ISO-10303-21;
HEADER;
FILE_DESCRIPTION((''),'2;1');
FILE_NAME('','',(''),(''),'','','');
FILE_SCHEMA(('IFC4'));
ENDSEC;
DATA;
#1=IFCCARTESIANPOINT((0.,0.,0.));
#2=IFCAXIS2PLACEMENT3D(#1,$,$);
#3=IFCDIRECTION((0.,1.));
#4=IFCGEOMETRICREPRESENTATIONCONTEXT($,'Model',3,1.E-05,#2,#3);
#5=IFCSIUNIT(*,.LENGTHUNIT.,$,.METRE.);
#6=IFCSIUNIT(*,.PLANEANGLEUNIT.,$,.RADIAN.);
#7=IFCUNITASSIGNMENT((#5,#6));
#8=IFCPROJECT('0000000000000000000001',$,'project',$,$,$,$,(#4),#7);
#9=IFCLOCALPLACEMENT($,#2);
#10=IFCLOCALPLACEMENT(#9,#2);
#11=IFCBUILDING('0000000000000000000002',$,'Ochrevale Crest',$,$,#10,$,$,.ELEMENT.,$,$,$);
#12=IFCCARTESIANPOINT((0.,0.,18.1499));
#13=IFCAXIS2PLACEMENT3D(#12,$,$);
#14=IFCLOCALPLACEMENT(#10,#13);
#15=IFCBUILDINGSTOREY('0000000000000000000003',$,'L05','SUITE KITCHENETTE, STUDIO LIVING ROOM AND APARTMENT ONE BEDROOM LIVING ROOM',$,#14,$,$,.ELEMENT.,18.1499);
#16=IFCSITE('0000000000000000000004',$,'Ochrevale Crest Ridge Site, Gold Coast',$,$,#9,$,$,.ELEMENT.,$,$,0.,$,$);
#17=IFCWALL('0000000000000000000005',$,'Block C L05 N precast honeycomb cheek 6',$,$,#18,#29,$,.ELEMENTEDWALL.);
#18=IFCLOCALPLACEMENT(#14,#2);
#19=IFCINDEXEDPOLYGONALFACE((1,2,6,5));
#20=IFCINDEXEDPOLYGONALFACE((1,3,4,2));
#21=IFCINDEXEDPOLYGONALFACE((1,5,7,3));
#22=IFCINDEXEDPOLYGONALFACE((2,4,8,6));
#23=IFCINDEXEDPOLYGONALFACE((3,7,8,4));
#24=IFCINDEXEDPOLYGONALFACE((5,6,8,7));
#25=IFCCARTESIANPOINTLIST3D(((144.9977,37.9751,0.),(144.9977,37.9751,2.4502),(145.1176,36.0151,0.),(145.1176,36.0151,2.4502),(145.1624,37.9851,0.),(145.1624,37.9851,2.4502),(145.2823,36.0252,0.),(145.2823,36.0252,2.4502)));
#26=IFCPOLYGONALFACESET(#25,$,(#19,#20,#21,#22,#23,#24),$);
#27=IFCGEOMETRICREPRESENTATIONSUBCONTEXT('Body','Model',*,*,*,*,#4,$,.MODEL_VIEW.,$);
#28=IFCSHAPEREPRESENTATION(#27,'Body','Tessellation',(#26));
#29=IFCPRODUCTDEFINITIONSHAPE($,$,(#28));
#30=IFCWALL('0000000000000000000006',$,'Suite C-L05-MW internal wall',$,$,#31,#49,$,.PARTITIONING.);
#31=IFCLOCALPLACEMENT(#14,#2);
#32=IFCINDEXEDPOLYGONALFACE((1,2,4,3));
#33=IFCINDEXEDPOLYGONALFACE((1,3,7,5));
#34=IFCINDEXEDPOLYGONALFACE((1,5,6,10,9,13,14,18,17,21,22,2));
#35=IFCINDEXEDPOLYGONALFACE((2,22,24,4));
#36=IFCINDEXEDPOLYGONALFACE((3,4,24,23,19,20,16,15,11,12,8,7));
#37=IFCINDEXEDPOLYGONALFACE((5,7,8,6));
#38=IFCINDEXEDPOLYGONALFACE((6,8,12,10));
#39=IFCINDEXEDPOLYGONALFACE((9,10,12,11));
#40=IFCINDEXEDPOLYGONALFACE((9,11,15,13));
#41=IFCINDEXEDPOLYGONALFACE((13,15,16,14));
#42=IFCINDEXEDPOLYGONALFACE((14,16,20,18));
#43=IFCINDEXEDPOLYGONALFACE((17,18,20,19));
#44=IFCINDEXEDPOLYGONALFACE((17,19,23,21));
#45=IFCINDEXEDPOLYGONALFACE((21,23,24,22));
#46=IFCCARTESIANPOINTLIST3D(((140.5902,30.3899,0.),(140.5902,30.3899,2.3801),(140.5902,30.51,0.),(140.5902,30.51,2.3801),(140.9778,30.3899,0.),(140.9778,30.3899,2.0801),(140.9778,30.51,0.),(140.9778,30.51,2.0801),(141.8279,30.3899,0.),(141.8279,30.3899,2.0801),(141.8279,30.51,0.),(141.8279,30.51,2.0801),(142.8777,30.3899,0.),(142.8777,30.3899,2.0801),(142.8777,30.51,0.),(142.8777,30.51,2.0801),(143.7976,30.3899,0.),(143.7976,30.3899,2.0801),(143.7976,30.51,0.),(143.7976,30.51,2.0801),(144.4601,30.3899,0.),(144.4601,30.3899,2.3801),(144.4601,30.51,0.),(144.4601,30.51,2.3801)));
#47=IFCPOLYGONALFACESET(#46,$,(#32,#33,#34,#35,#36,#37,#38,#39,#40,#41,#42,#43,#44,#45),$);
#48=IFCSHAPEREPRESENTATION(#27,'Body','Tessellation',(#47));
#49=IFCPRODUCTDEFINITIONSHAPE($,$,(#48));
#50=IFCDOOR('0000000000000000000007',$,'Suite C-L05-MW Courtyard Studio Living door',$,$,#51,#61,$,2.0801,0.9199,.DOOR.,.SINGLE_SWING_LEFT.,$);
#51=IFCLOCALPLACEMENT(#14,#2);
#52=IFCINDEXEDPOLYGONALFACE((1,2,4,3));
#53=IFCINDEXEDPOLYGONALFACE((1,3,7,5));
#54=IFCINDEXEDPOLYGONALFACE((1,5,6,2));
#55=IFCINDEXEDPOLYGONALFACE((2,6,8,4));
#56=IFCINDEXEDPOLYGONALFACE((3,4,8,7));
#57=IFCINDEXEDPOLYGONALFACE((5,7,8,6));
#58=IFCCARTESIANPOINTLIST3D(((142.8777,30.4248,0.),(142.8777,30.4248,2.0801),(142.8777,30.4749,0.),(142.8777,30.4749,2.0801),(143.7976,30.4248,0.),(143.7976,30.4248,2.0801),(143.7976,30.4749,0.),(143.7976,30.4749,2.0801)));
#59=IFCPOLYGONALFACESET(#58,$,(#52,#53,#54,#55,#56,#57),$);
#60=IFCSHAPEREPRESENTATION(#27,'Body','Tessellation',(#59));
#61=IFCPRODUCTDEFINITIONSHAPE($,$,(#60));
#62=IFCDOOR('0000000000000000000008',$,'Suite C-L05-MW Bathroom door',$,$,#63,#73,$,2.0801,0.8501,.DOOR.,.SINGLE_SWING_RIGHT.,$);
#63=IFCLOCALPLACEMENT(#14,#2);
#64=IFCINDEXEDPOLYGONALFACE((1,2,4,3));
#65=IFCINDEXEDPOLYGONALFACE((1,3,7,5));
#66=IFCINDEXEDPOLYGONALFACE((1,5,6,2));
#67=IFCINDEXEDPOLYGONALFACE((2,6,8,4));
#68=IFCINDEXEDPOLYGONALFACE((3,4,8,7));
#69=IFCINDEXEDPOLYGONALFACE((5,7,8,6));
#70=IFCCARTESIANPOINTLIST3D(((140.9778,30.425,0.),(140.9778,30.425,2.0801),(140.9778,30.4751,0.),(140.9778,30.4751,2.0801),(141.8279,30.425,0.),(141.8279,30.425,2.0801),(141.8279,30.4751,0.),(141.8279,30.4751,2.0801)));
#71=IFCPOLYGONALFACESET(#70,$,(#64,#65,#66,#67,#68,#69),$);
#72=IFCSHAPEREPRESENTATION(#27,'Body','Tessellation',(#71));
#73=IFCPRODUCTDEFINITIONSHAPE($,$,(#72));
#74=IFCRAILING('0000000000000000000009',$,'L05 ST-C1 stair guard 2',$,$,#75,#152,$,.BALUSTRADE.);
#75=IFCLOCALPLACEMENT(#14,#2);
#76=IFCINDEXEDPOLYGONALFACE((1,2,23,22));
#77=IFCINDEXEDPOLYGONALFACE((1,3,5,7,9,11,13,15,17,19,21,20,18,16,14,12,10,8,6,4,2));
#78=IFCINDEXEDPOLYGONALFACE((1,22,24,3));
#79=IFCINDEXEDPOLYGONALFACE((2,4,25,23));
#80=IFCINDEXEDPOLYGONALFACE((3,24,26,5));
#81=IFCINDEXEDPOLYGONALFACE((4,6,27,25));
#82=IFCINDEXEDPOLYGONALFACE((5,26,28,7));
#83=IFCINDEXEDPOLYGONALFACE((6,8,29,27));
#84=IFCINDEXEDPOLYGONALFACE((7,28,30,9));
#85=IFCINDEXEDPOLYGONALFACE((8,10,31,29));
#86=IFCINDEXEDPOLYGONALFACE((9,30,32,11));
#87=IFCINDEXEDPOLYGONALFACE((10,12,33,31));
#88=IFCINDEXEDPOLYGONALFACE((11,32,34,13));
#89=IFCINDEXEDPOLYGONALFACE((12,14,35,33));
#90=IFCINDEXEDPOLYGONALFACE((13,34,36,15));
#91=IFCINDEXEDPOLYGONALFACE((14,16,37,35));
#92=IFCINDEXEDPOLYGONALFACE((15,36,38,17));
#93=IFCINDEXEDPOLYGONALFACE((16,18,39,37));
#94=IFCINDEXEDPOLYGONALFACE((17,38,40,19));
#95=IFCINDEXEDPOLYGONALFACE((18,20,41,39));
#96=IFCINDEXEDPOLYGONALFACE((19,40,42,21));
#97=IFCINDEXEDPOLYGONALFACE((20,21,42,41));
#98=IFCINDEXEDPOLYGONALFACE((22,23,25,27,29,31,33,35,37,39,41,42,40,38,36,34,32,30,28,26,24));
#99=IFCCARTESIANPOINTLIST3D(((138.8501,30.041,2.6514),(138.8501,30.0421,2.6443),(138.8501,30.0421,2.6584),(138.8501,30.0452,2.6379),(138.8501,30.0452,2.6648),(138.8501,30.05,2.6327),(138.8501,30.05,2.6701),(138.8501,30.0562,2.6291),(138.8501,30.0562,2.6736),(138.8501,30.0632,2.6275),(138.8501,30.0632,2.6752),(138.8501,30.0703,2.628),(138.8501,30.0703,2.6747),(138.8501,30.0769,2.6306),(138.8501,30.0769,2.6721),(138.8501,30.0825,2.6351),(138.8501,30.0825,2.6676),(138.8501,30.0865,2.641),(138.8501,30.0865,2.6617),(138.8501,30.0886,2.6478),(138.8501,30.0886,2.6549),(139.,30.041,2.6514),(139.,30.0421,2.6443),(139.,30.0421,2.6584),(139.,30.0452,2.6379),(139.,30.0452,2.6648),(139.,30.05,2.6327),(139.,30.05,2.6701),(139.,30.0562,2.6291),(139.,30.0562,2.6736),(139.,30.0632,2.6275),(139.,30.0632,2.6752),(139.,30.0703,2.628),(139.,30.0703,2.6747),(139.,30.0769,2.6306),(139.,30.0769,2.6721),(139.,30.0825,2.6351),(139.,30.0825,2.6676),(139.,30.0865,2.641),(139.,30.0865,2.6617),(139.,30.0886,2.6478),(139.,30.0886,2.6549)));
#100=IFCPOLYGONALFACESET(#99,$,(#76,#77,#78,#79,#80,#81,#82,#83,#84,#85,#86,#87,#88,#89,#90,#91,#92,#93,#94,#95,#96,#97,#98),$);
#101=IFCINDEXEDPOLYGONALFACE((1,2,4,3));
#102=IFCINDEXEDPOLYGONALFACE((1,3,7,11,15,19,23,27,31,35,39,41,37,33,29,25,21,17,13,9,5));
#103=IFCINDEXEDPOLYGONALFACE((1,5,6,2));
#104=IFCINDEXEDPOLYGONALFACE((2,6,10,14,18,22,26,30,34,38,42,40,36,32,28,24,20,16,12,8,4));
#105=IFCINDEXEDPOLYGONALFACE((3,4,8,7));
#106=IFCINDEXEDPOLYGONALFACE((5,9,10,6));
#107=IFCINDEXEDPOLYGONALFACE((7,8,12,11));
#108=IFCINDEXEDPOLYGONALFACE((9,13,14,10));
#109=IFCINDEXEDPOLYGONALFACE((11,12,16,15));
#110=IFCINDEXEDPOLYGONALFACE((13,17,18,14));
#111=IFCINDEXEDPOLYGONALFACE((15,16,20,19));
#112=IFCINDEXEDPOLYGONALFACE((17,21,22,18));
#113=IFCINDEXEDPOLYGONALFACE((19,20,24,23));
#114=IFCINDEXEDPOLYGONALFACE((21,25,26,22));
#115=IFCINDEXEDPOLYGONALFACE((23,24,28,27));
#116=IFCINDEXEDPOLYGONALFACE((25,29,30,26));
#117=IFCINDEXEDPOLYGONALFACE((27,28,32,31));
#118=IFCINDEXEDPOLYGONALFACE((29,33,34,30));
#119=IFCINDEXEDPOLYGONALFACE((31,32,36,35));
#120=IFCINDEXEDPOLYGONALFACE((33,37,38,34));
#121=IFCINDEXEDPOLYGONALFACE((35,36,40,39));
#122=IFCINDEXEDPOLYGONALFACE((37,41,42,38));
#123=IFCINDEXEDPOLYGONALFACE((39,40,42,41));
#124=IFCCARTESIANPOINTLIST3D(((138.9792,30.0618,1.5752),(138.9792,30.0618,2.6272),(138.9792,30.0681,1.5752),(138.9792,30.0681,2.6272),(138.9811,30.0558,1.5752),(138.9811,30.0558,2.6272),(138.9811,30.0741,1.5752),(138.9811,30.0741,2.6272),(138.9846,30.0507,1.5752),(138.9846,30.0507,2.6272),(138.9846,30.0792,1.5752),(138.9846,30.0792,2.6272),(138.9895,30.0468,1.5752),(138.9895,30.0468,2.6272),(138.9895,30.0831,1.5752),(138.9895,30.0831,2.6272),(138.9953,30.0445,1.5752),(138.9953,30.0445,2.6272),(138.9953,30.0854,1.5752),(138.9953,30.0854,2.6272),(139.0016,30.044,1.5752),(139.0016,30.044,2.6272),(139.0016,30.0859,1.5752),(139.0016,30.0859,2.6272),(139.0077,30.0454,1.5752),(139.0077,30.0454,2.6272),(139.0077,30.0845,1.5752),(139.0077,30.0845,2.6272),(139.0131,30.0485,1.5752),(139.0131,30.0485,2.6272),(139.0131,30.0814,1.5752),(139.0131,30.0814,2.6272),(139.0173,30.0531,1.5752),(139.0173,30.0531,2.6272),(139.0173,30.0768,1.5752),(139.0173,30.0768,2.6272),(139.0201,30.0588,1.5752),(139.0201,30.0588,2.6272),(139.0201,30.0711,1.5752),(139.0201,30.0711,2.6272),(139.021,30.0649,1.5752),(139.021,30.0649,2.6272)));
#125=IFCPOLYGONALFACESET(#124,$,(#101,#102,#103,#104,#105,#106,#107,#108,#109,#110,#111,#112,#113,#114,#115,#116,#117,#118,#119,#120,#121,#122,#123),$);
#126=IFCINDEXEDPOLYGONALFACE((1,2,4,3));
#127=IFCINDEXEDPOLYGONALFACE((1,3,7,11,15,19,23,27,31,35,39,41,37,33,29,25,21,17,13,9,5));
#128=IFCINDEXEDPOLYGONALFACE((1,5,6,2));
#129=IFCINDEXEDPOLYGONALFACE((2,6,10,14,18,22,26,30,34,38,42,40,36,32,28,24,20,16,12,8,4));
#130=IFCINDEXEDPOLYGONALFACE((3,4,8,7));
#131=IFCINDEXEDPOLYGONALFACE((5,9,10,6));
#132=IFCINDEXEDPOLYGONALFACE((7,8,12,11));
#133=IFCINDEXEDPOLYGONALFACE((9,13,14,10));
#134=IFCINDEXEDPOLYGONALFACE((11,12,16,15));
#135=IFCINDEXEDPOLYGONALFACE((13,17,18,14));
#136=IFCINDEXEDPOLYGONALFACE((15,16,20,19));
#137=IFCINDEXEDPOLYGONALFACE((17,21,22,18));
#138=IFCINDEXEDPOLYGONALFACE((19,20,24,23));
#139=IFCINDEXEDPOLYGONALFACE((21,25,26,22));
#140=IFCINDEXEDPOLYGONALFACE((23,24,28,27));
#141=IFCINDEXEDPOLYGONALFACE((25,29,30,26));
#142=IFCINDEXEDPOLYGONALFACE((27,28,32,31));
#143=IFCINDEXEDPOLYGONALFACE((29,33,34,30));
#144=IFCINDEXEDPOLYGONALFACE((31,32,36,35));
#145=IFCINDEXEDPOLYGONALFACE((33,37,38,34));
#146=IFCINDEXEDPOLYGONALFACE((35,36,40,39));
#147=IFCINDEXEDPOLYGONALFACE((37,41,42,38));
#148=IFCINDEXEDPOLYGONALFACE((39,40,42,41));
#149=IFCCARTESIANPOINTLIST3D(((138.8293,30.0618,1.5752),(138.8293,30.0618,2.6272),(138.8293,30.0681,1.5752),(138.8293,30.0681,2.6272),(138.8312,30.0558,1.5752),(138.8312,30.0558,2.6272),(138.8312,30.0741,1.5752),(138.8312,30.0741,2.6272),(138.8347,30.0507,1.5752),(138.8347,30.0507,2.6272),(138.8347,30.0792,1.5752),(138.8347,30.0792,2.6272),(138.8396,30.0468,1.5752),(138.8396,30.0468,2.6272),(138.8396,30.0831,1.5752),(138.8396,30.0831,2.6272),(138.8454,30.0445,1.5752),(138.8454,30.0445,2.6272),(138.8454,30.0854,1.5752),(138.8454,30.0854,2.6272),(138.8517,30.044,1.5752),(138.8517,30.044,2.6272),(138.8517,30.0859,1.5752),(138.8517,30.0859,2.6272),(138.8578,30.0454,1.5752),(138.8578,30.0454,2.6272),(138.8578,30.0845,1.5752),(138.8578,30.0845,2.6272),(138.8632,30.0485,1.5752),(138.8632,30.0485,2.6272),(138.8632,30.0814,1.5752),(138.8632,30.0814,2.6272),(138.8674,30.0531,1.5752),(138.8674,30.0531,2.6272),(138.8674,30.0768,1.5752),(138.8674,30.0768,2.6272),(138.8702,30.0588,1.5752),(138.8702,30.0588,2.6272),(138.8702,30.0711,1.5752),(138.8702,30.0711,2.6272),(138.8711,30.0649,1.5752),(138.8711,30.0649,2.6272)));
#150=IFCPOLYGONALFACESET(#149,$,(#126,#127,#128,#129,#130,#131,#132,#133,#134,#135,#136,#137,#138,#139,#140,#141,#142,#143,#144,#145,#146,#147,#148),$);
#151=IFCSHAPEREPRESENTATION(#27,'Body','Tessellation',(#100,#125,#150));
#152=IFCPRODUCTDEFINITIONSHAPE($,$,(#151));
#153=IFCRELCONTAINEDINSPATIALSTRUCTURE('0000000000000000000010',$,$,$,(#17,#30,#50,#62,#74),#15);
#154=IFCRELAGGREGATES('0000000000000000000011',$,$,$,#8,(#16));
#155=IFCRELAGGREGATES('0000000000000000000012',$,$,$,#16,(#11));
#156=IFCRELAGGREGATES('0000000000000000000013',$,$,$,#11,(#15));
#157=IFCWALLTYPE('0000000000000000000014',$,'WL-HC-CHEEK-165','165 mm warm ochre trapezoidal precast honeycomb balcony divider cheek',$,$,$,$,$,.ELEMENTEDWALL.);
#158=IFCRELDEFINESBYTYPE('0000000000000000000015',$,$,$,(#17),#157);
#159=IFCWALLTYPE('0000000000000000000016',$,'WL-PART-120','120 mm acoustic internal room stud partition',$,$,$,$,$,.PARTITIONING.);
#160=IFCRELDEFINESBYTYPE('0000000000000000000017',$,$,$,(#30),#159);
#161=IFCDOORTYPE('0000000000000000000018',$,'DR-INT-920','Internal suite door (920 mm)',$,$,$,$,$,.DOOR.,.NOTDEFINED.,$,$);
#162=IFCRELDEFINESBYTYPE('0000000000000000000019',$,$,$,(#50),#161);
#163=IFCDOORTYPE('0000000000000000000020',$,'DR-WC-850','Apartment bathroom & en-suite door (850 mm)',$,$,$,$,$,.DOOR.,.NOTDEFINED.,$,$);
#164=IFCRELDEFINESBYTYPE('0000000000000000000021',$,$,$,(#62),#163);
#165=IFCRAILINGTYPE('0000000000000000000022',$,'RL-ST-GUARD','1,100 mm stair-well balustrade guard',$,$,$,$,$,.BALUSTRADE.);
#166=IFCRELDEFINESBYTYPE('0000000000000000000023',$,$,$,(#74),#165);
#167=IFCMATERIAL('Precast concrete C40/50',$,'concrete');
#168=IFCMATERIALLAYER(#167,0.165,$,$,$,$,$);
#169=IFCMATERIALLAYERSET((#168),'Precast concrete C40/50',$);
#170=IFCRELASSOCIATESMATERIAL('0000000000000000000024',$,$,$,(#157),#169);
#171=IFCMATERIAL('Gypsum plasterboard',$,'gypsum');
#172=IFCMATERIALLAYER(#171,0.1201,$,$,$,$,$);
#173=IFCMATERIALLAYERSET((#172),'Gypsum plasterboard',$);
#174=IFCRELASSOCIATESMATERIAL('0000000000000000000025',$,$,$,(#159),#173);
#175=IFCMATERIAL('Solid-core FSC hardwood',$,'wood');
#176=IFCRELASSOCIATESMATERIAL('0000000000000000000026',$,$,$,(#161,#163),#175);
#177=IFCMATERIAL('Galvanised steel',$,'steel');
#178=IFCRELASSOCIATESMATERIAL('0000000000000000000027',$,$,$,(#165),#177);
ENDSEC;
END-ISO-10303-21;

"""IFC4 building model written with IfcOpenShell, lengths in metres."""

from ifc_helpers import new_model, si_unit, direction, frame, frame_2d, origin, origin_2d, place, context, subcontext, project, spatial, rectangle, circle, extrude, material, layer, layer_set, type_object, element, fill, save


model = new_model("IFC4")

# Units and contexts
model_context = context("Model", 3, precision=1e-05, world=origin(), true_north=direction((0.0, 1.0)))
body_context = subcontext(model_context, "Body", "Model", "MODEL_VIEW")
ifc_project = project(units=[si_unit("LENGTHUNIT", "METRE"), si_unit("PLANEANGLEUNIT", "RADIAN")], contexts=[model_context])

# Site, building, storey
site_placement = place(None, origin())
site = spatial("IfcSite", under=ifc_project, at=site_placement, Name="Ochrevale Crest Ridge Site, Gold Coast", CompositionType="ELEMENT", RefElevation=0.0)
building_placement = place(site_placement, origin())
building = spatial("IfcBuilding", under=site, at=building_placement, Name="Ochrevale Crest", CompositionType="ELEMENT")
storey_placement = place(building_placement, frame((0.0, 0.0, 18.1499)))
storey = spatial("IfcBuildingStorey", under=building, at=storey_placement, Name="L05", Description="SUITE KITCHENETTE, STUDIO LIVING ROOM AND APARTMENT ONE BEDROOM LIVING ROOM", CompositionType="ELEMENT", Elevation=18.1499)

# Shared definitions
ifc_material_1 = material(Name="Precast concrete C40/50", Category="concrete")

# Wall
ifc_layer_1 = layer(ifc_material_1, 0.165)
ifc_layer_set_1 = layer_set([ifc_layer_1], Name="Precast concrete C40/50")
wall_type_1 = type_object("IfcWallType", Name="WL-HC-CHEEK-165", Description="165 mm warm ochre trapezoidal precast honeycomb balcony divider cheek", PredefinedType="ELEMENTEDWALL", material=ifc_layer_set_1)
wall_1_placement = place(storey_placement, frame((145.2, 36.02, 0.0), z_axis=(0.0, 0.0, 1.0), x_axis=(-0.061047, 0.998135, 0.0)))
element("IfcWall", 1, at=wall_1_placement, inside=storey, type_object=wall_type_1, Name="Block C L05 N precast honeycomb cheek 6", PredefinedType="ELEMENTEDWALL", context=body_context, shape_type="SweptSolid", body=[
    extrude(rectangle(XDim=1.9636, YDim=0.165, at=frame_2d((0.9819, 0.0))), origin(), (0.0, 0.0, 1.0), 2.4502),
])

# Wall, openings, doors
ifc_material_2 = material(Name="Gypsum plasterboard", Category="gypsum")
ifc_layer_2 = layer(ifc_material_2, 0.1201)
ifc_layer_set_2 = layer_set([ifc_layer_2], Name="Gypsum plasterboard")
wall_type_2 = type_object("IfcWallType", Name="WL-PART-120", Description="120 mm acoustic internal room stud partition", PredefinedType="PARTITIONING", material=ifc_layer_set_2)
wall_2_placement = place(storey_placement, frame((140.5901, 30.45, 0.0), z_axis=(0.0, 0.0, 1.0), x_axis=(1.0, 0.0, 0.0)))
wall_2 = element("IfcWall", 2, at=wall_2_placement, inside=storey, type_object=wall_type_2, Name="Suite C-L05-MW internal wall", PredefinedType="PARTITIONING", context=body_context, shape_type="SweptSolid", body=[
    extrude(rectangle(XDim=3.8699, YDim=0.1201, at=frame_2d((1.9351, 0.0))), origin(), (0.0, 0.0, 1.0), 2.3801),
])
opening_1_placement = place(wall_2_placement, frame((1.2378, 0.0, 0.0), z_axis=(0.0, 0.0, 1.0), x_axis=(-1.0, 0.0, 0.0)))
opening_1 = element("IfcOpeningElement", 3, at=opening_1_placement, cuts=wall_2, PredefinedType="OPENING", context=body_context, shape_type="SweptSolid", body=[
    extrude(rectangle(XDim=0.8501, YDim=2.0801, at=frame_2d((0.425, 1.04))), frame((0.0, 0.0701, 0.0), z_axis=(0.0, -1.0, 0.0), x_axis=(1.0, 0.0, 0.0)), (0.0, 0.0, 1.0), 0.1401),
])
opening_2_placement = place(wall_2_placement, frame((2.2876, 0.0, 0.0)))
opening_2 = element("IfcOpeningElement", 4, at=opening_2_placement, cuts=wall_2, PredefinedType="OPENING", context=body_context, shape_type="SweptSolid", body=[
    extrude(rectangle(XDim=0.9199, YDim=2.0801, at=frame_2d((0.46, 1.04))), frame((0.0, 0.0701, 0.0), z_axis=(0.0, -1.0, 0.0), x_axis=(1.0, 0.0, 0.0)), (0.0, 0.0, 1.0), 0.1401),
])
ifc_material_3 = material(Name="Solid-core FSC hardwood", Category="wood")
door_type_1 = type_object("IfcDoorType", Name="DR-INT-920", Description="Internal suite door (920 mm)", OperationType="NOTDEFINED", PredefinedType="DOOR", material=ifc_material_3)
door_1_placement = place(opening_2_placement, origin())
door_1 = element("IfcDoor", 5, at=door_1_placement, inside=storey, type_object=door_type_1, Name="Suite C-L05-MW Courtyard Studio Living door", OperationType="SINGLE_SWING_LEFT", OverallHeight=2.0801, OverallWidth=0.9199, PredefinedType="DOOR", context=body_context, shape_type="SweptSolid", body=[
    extrude(rectangle(XDim=0.9199, YDim=2.0801, at=frame_2d((0.46, 1.04))), frame((0.0, 0.0249, 0.0), z_axis=(0.0, -1.0, 0.0), x_axis=(1.0, 0.0, 0.0)), (0.0, 0.0, 1.0), 0.05),
])
fill(opening_2, door_1)
door_type_2 = type_object("IfcDoorType", Name="DR-WC-850", Description="Apartment bathroom & en-suite door (850 mm)", OperationType="NOTDEFINED", PredefinedType="DOOR", material=ifc_material_3)
door_2_placement = place(opening_1_placement, origin())
door_2 = element("IfcDoor", 6, at=door_2_placement, inside=storey, type_object=door_type_2, Name="Suite C-L05-MW Bathroom door", OperationType="SINGLE_SWING_RIGHT", OverallHeight=2.0801, OverallWidth=0.8501, PredefinedType="DOOR", context=body_context, shape_type="SweptSolid", body=[
    extrude(rectangle(XDim=0.8501, YDim=2.0801, at=frame_2d((0.425, 1.04))), frame((0.0, 0.0249, 0.0), z_axis=(0.0, -1.0, 0.0), x_axis=(1.0, 0.0, 0.0)), (0.0, 0.0, 1.0), 0.05),
])
fill(opening_1, door_2)

# Railing
ifc_material_4 = material(Name="Galvanised steel", Category="steel")
railing_type = type_object("IfcRailingType", Name="RL-ST-GUARD", Description="1,100 mm stair-well balustrade guard", PredefinedType="BALUSTRADE", material=ifc_material_4)
railing_1_placement = place(storey_placement, frame((139.0, 30.0649, 1.5752)))
element("IfcRailing", 7, at=railing_1_placement, inside=storey, type_object=railing_type, Name="L05 ST-C1 stair guard 2", PredefinedType="BALUSTRADE", context=body_context, shape_type="SweptSolid", body=[
    extrude(circle(Radius=0.0239, at=origin_2d()), frame((0.0, 0.0, 1.0762), z_axis=(-1.0, 0.0, 0.0), x_axis=(0.0, -1.0, 0.0)), (0.0, 0.0, 1.0), 0.1499),
    extrude(circle(Radius=0.021, at=origin_2d()), origin(), (0.0, 0.0, 1.0), 1.052),
    extrude(circle(Radius=0.021, at=origin_2d()), frame((-0.1499, 0.0, 0.0)), (0.0, 0.0, 1.0), 1.052),
])

save(model, "model.ifc")
